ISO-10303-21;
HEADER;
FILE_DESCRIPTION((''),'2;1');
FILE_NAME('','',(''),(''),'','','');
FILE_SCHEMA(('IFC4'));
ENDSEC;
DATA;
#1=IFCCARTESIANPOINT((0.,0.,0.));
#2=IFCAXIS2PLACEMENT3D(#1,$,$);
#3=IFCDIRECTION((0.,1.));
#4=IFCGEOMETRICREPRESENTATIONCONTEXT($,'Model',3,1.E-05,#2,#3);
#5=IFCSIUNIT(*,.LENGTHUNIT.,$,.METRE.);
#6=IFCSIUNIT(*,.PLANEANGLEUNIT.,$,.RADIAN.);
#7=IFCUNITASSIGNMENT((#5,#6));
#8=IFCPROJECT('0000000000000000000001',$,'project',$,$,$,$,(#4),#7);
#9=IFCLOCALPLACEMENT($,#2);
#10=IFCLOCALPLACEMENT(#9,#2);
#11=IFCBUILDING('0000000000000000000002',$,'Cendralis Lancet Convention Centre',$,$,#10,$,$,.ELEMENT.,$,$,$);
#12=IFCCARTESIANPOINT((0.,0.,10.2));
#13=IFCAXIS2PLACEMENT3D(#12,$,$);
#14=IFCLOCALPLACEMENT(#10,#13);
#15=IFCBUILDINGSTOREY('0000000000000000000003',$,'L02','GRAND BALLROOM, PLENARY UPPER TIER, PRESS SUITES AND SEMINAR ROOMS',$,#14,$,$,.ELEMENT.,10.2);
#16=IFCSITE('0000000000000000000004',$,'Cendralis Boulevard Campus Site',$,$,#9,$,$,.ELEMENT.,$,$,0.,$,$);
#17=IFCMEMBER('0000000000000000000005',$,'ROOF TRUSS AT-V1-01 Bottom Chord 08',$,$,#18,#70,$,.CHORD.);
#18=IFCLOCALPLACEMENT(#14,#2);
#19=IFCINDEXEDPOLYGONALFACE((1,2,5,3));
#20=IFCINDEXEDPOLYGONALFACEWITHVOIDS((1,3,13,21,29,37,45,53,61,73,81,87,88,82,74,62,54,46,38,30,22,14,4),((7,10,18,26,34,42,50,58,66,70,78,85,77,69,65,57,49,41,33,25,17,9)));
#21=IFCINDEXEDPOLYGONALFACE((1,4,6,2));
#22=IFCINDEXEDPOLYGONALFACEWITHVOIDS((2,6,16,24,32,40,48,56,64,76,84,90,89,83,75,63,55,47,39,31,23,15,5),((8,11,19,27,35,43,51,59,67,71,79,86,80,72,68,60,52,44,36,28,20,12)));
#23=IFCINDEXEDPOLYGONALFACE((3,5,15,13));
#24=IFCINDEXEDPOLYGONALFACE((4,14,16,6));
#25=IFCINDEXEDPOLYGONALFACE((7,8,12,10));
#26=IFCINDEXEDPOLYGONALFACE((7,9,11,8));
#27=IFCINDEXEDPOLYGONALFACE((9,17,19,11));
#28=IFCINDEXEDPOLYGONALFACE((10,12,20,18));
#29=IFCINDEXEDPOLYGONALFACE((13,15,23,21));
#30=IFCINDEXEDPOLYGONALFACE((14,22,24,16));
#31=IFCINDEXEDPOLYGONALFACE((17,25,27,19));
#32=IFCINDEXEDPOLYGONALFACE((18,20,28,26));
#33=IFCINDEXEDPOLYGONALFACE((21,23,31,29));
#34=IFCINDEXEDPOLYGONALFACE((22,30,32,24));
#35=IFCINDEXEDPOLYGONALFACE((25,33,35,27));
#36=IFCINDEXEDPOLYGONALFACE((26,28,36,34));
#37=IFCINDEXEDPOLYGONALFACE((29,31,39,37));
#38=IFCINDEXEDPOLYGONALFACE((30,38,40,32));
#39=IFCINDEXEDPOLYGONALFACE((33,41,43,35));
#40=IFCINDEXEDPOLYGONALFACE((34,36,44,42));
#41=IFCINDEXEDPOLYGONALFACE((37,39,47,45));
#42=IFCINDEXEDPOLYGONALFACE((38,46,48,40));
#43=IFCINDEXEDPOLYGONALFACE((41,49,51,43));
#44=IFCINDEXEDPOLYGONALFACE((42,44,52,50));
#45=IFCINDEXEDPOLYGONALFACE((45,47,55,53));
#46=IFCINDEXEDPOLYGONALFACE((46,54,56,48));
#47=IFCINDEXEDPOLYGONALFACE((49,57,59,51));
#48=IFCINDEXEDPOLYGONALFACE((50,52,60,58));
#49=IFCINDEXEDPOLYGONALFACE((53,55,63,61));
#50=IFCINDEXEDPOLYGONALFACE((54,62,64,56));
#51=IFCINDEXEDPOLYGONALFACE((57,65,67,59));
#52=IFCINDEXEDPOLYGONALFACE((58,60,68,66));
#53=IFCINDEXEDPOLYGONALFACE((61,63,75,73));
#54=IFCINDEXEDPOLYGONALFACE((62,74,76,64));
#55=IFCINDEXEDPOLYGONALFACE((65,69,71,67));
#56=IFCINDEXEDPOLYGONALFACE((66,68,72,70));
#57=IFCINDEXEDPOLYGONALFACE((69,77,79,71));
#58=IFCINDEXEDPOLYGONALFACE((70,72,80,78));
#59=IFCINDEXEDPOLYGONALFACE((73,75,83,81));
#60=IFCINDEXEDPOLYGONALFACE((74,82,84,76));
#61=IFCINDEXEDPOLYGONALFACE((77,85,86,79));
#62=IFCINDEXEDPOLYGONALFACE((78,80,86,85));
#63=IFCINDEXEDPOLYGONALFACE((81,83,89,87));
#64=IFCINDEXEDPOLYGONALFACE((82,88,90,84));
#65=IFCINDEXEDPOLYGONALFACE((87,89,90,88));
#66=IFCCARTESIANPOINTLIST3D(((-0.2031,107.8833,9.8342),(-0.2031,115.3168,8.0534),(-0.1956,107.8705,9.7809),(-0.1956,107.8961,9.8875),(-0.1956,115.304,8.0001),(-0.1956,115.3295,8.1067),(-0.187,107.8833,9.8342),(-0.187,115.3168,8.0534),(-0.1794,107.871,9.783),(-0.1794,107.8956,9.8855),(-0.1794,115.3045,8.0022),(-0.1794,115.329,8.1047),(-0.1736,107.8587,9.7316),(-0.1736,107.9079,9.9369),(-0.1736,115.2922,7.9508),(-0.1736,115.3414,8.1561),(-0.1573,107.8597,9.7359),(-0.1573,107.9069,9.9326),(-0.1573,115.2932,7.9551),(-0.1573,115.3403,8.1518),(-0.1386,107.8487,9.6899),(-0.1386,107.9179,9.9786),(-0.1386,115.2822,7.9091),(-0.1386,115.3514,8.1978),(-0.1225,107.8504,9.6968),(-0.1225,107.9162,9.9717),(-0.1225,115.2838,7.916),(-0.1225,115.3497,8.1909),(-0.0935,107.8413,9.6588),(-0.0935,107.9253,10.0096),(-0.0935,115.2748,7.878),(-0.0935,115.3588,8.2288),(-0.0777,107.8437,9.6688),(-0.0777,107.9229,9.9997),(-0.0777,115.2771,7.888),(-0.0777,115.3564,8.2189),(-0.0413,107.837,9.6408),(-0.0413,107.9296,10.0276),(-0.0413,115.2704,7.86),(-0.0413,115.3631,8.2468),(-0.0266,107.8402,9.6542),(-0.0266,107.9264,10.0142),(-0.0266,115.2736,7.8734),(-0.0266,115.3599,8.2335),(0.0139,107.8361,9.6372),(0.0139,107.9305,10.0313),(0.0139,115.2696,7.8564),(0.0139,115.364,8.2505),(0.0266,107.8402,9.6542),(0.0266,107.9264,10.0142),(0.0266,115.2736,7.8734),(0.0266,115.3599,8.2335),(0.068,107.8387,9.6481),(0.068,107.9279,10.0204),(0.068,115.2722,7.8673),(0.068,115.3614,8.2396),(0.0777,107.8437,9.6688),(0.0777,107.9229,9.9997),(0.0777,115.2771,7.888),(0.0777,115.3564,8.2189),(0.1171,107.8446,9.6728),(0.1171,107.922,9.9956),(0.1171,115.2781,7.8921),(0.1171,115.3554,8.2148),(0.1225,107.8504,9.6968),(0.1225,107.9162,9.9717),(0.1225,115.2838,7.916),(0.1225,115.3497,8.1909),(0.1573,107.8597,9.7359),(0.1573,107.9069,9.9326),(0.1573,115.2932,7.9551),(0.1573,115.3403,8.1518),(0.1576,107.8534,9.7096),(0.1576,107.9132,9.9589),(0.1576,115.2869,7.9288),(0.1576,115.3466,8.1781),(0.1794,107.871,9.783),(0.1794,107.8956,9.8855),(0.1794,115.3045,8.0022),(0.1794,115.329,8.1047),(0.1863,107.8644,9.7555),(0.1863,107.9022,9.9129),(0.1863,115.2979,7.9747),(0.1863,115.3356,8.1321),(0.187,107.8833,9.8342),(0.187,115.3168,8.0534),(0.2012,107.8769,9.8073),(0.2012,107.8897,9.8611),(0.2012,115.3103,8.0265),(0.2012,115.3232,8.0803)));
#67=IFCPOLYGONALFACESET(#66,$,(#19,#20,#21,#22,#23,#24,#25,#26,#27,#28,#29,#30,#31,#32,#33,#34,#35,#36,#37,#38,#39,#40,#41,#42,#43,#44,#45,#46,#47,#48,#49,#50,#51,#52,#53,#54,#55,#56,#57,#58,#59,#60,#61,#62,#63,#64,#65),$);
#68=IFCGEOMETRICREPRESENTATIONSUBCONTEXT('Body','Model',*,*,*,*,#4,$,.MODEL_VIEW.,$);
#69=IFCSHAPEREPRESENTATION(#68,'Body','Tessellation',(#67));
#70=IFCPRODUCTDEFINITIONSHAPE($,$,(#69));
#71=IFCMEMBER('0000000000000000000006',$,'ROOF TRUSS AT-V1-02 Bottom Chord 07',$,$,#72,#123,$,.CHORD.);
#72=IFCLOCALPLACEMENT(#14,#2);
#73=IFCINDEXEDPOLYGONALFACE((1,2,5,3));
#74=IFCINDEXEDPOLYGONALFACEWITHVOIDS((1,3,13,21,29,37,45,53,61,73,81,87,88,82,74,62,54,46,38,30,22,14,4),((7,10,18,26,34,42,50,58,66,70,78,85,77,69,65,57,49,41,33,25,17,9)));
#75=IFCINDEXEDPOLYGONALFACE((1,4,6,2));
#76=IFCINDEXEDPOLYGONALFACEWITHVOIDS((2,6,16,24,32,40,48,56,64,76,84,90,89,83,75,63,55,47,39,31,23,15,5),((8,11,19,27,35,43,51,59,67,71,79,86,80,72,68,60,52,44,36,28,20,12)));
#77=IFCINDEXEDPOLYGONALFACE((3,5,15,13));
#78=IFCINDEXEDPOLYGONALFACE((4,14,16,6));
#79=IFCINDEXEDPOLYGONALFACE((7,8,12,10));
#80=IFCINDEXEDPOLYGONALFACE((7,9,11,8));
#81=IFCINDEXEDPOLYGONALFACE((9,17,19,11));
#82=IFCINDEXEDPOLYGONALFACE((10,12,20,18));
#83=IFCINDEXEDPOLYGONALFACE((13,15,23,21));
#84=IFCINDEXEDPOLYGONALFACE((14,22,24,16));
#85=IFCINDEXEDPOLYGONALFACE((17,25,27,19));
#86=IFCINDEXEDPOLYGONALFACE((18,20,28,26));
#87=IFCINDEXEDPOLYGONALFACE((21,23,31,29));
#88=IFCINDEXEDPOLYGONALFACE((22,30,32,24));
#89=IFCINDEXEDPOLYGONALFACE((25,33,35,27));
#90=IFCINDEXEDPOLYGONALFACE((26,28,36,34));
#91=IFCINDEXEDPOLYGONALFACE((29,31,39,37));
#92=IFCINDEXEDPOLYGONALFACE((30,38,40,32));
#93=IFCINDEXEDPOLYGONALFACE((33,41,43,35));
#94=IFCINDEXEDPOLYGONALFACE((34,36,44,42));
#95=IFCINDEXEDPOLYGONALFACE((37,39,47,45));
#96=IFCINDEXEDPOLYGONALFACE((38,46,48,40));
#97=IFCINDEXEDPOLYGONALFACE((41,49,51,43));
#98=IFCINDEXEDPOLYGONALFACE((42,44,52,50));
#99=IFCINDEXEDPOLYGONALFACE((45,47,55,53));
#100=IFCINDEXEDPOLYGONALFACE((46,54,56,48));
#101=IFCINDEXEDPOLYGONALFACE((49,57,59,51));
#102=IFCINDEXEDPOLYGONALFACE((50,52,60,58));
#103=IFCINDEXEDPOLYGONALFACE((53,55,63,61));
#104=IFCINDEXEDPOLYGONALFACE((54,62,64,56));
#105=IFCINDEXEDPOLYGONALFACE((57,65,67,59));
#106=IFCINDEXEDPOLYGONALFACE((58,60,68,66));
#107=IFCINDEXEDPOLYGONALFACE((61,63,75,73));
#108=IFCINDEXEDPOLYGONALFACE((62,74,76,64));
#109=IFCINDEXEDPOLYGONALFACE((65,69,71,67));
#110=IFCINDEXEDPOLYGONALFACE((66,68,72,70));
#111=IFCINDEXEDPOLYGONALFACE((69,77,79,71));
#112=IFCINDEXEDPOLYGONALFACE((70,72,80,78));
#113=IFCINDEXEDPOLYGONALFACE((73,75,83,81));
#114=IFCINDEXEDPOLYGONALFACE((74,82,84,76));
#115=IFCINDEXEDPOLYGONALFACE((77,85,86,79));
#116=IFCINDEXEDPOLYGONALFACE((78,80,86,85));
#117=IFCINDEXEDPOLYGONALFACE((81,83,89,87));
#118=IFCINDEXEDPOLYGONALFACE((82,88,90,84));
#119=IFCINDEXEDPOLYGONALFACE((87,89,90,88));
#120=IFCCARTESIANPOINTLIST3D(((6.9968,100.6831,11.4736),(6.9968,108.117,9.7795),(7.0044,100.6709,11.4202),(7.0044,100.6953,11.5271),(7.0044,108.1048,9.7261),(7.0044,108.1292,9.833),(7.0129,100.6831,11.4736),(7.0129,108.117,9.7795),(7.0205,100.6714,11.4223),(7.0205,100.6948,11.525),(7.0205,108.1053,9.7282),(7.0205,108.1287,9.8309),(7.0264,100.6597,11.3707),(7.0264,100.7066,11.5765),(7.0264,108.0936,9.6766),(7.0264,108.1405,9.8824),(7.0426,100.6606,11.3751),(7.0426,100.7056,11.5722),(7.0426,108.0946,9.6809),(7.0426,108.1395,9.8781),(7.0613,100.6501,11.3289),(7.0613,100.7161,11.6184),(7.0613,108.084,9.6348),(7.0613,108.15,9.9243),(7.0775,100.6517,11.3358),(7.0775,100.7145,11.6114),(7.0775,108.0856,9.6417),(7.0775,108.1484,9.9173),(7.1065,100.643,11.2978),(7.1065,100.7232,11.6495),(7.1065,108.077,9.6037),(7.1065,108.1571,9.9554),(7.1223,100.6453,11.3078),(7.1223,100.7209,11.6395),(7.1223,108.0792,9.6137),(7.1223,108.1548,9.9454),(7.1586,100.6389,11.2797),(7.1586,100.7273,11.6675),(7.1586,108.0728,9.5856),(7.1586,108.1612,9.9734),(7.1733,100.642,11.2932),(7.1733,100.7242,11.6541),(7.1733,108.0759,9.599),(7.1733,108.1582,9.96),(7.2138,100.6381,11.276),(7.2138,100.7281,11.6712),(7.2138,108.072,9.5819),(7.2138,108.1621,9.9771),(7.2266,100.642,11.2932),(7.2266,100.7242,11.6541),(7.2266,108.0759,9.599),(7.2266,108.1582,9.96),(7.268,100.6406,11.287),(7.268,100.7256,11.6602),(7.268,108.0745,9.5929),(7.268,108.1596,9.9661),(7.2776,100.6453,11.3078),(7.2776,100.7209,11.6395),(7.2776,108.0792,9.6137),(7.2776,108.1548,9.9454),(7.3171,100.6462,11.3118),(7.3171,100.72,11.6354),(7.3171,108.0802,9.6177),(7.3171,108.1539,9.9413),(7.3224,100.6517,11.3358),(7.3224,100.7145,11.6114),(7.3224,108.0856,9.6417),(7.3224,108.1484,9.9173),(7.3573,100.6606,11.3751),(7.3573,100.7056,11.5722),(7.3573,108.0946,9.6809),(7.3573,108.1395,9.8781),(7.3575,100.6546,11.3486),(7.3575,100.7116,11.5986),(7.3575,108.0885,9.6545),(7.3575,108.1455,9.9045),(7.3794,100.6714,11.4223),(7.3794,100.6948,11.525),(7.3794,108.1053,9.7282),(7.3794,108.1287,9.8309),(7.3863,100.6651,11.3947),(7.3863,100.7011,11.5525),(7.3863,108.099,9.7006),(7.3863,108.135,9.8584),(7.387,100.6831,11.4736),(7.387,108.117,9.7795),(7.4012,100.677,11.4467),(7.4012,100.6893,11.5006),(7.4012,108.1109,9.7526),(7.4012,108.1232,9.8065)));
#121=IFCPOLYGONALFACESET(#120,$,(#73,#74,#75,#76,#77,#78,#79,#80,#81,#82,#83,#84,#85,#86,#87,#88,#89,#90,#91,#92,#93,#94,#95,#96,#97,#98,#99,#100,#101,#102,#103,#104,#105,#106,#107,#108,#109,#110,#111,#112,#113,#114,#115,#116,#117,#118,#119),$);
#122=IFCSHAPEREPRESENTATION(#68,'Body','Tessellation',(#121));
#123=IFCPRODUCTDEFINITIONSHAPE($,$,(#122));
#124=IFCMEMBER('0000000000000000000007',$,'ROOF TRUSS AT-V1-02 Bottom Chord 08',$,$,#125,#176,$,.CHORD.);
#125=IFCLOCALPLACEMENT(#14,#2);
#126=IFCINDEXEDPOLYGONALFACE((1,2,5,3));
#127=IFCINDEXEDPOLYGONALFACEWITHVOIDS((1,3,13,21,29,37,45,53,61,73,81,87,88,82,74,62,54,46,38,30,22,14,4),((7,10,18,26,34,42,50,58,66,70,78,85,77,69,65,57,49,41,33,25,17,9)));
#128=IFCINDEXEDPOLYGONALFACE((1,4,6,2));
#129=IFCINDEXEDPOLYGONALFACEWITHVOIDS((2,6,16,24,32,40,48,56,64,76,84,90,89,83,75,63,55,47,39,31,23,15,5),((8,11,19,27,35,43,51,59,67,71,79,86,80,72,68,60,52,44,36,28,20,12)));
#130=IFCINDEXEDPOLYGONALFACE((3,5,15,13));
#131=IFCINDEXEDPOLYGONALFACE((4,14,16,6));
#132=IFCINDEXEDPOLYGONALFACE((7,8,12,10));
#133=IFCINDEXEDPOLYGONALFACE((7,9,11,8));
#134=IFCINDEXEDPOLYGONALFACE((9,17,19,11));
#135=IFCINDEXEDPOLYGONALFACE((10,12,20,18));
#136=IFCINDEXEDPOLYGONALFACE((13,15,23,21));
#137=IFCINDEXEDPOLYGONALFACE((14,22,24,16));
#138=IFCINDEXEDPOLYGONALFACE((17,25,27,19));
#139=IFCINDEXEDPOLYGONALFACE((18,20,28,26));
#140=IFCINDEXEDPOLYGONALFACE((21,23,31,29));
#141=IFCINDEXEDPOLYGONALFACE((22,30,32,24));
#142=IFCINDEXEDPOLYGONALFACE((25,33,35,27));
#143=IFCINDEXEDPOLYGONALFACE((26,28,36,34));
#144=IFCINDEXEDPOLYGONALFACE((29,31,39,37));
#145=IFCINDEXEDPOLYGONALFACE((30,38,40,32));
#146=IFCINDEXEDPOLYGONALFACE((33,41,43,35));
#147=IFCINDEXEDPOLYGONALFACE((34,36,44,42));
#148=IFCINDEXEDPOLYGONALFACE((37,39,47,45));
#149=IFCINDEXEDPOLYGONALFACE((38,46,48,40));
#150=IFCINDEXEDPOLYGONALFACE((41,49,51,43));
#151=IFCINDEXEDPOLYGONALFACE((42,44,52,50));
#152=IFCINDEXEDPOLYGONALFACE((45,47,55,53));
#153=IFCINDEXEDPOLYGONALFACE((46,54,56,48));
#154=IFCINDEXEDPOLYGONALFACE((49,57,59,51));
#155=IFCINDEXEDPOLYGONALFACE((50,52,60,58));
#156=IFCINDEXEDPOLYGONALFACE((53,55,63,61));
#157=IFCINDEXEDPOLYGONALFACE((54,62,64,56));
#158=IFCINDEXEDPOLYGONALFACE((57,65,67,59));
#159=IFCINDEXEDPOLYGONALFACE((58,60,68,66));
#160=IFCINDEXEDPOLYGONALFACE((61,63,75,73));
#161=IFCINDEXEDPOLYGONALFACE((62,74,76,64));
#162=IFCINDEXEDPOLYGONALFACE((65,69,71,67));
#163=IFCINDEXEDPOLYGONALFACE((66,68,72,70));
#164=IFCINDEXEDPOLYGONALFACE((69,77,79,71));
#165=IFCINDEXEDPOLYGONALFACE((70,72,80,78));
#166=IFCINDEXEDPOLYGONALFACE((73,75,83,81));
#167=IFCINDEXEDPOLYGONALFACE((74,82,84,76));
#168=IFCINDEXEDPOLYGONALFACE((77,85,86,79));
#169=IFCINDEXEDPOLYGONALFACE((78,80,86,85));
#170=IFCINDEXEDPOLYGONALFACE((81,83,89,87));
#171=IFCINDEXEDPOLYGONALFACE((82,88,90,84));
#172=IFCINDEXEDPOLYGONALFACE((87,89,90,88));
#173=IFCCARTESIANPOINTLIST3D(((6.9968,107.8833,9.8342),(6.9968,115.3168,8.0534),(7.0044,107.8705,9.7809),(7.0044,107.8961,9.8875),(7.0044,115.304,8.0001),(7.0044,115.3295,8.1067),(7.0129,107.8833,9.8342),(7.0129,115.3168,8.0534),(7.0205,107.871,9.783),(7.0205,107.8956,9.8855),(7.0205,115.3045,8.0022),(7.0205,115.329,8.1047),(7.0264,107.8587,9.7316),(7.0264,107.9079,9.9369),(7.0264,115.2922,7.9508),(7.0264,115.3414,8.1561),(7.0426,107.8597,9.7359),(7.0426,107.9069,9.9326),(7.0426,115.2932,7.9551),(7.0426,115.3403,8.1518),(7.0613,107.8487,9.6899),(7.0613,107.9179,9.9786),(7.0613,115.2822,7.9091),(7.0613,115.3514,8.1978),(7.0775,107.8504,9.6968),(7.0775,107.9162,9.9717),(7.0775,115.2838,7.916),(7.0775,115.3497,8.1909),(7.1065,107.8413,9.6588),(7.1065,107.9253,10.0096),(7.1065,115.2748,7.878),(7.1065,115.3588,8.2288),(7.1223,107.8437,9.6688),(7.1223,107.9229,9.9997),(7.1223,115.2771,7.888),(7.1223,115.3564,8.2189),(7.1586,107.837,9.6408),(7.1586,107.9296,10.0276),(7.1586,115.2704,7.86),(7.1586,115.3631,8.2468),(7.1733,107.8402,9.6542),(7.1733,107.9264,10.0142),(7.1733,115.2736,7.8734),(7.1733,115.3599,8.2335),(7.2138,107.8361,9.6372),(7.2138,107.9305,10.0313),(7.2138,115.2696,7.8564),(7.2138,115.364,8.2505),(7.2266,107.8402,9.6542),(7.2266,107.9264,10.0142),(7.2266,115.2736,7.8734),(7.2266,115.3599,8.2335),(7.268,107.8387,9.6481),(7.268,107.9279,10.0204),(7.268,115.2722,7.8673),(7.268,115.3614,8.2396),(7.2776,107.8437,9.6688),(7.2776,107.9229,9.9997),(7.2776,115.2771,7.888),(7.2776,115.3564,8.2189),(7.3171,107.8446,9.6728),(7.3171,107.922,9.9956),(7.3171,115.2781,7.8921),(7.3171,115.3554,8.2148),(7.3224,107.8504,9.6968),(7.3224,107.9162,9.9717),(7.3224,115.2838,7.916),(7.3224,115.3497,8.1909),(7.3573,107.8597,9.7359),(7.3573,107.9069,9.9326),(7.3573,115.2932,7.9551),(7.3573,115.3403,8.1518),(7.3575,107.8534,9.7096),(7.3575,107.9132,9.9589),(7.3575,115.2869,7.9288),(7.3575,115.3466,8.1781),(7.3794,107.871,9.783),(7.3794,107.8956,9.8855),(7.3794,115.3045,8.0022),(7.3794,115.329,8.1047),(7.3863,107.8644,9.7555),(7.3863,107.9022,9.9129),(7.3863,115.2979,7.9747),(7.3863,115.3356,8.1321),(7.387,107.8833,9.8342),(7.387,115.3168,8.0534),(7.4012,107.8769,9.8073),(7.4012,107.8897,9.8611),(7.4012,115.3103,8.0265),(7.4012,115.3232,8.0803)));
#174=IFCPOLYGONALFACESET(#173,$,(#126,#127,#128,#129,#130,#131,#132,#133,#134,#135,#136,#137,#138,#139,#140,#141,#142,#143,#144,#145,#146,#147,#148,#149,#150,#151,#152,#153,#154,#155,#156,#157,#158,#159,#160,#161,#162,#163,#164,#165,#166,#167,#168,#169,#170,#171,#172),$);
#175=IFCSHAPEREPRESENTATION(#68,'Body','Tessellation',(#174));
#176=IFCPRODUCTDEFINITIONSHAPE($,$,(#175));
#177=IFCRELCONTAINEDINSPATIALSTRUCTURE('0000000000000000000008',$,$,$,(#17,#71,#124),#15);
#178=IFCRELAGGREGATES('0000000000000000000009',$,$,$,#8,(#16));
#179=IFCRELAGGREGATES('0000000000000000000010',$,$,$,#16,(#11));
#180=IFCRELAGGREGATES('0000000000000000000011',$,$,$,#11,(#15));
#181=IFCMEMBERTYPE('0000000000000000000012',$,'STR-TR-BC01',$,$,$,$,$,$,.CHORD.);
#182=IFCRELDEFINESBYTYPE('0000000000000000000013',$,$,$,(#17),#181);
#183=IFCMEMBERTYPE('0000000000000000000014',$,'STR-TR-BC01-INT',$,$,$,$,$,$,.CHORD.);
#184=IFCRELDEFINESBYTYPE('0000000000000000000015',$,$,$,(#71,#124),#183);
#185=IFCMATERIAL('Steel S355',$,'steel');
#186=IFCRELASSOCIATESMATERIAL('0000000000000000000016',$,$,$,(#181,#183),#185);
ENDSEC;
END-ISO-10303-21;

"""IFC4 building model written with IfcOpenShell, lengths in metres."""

from ifc_helpers import new_model, si_unit, direction, frame, origin, origin_2d, place, context, subcontext, project, spatial, hollow_circle, extrude, material, material_profile, profile_set, type_object, element, save


model = new_model("IFC4")

# Units and contexts
model_context = context("Model", 3, precision=1e-05, world=origin(), true_north=direction((0.0, 1.0)))
body_context = subcontext(model_context, "Body", "Model", "MODEL_VIEW")
ifc_project = project(units=[si_unit("LENGTHUNIT", "METRE"), si_unit("PLANEANGLEUNIT", "RADIAN")], contexts=[model_context])

# Site, building, storey
site_placement = place(None, origin())
site = spatial("IfcSite", under=ifc_project, at=site_placement, Name="Cendralis Boulevard Campus Site", CompositionType="ELEMENT", RefElevation=0.0)
building_placement = place(site_placement, origin())
building = spatial("IfcBuilding", under=site, at=building_placement, Name="Cendralis Lancet Convention Centre", CompositionType="ELEMENT")
storey_placement = place(building_placement, frame((0.0, 0.0, 10.2)))
storey = spatial("IfcBuildingStorey", under=building, at=storey_placement, Name="L02", Description="GRAND BALLROOM, PLENARY UPPER TIER, PRESS SUITES AND SEMINAR ROOMS", CompositionType="ELEMENT", Elevation=10.2)

# Members
ifc_material = material(Name="Steel S355", Category="steel")
ifc_material_profile_1 = material_profile(ifc_material, hollow_circle(Radius=0.2031, WallThickness=0.0161, at=origin_2d()), Name="CHS 406.4x16.0")
ifc_profile_set_1 = profile_set([ifc_material_profile_1], Name="Steel S355")
member_type_1 = type_object("IfcMemberType", Name="STR-TR-BC01", PredefinedType="CHORD", material=ifc_profile_set_1)
member_1_placement = place(storey_placement, frame((0.0, 107.8833, 9.8342), z_axis=(0.0, 0.972483, -0.232972), x_axis=(-1.0, 0.0, 0.0)))
element("IfcMember", 1, at=member_1_placement, inside=storey, type_object=member_type_1, Name="ROOF TRUSS AT-V1-01 Bottom Chord 08", PredefinedType="CHORD", context=body_context, shape_type="SweptSolid", body=[
    extrude(hollow_circle(Radius=0.2031, WallThickness=0.0161, at=origin_2d()), origin(), (0.0, 0.0, 1.0), 7.6438),
])
ifc_material_profile_2 = material_profile(ifc_material, hollow_circle(Radius=0.2031, WallThickness=0.0161, at=origin_2d()), Name="CHS 406.4x16.0")
ifc_profile_set_2 = profile_set([ifc_material_profile_2], Name="Steel S355")
member_type_2 = type_object("IfcMemberType", Name="STR-TR-BC01-INT", PredefinedType="CHORD", material=ifc_profile_set_2)
member_2_placement = place(storey_placement, frame((7.2, 100.6831, 11.4736), z_axis=(0.0, 0.975003, -0.222193), x_axis=(-1.0, 0.0, 0.0)))
element("IfcMember", 2, at=member_2_placement, inside=storey, type_object=member_type_2, Name="ROOF TRUSS AT-V1-02 Bottom Chord 07", PredefinedType="CHORD", context=body_context, shape_type="SweptSolid", body=[
    extrude(hollow_circle(Radius=0.2031, WallThickness=0.0161, at=origin_2d()), origin(), (0.0, 0.0, 1.0), 7.6245),
])
member_3_placement = place(storey_placement, frame((7.2, 107.8833, 9.8342), z_axis=(0.0, 0.972483, -0.232972), x_axis=(-1.0, 0.0, 0.0)))
element("IfcMember", 3, at=member_3_placement, inside=storey, type_object=member_type_2, Name="ROOF TRUSS AT-V1-02 Bottom Chord 08", PredefinedType="CHORD", context=body_context, shape_type="SweptSolid", body=[
    extrude(hollow_circle(Radius=0.2031, WallThickness=0.0161, at=origin_2d()), origin(), (0.0, 0.0, 1.0), 7.6438),
])

save(model, "model.ifc")
